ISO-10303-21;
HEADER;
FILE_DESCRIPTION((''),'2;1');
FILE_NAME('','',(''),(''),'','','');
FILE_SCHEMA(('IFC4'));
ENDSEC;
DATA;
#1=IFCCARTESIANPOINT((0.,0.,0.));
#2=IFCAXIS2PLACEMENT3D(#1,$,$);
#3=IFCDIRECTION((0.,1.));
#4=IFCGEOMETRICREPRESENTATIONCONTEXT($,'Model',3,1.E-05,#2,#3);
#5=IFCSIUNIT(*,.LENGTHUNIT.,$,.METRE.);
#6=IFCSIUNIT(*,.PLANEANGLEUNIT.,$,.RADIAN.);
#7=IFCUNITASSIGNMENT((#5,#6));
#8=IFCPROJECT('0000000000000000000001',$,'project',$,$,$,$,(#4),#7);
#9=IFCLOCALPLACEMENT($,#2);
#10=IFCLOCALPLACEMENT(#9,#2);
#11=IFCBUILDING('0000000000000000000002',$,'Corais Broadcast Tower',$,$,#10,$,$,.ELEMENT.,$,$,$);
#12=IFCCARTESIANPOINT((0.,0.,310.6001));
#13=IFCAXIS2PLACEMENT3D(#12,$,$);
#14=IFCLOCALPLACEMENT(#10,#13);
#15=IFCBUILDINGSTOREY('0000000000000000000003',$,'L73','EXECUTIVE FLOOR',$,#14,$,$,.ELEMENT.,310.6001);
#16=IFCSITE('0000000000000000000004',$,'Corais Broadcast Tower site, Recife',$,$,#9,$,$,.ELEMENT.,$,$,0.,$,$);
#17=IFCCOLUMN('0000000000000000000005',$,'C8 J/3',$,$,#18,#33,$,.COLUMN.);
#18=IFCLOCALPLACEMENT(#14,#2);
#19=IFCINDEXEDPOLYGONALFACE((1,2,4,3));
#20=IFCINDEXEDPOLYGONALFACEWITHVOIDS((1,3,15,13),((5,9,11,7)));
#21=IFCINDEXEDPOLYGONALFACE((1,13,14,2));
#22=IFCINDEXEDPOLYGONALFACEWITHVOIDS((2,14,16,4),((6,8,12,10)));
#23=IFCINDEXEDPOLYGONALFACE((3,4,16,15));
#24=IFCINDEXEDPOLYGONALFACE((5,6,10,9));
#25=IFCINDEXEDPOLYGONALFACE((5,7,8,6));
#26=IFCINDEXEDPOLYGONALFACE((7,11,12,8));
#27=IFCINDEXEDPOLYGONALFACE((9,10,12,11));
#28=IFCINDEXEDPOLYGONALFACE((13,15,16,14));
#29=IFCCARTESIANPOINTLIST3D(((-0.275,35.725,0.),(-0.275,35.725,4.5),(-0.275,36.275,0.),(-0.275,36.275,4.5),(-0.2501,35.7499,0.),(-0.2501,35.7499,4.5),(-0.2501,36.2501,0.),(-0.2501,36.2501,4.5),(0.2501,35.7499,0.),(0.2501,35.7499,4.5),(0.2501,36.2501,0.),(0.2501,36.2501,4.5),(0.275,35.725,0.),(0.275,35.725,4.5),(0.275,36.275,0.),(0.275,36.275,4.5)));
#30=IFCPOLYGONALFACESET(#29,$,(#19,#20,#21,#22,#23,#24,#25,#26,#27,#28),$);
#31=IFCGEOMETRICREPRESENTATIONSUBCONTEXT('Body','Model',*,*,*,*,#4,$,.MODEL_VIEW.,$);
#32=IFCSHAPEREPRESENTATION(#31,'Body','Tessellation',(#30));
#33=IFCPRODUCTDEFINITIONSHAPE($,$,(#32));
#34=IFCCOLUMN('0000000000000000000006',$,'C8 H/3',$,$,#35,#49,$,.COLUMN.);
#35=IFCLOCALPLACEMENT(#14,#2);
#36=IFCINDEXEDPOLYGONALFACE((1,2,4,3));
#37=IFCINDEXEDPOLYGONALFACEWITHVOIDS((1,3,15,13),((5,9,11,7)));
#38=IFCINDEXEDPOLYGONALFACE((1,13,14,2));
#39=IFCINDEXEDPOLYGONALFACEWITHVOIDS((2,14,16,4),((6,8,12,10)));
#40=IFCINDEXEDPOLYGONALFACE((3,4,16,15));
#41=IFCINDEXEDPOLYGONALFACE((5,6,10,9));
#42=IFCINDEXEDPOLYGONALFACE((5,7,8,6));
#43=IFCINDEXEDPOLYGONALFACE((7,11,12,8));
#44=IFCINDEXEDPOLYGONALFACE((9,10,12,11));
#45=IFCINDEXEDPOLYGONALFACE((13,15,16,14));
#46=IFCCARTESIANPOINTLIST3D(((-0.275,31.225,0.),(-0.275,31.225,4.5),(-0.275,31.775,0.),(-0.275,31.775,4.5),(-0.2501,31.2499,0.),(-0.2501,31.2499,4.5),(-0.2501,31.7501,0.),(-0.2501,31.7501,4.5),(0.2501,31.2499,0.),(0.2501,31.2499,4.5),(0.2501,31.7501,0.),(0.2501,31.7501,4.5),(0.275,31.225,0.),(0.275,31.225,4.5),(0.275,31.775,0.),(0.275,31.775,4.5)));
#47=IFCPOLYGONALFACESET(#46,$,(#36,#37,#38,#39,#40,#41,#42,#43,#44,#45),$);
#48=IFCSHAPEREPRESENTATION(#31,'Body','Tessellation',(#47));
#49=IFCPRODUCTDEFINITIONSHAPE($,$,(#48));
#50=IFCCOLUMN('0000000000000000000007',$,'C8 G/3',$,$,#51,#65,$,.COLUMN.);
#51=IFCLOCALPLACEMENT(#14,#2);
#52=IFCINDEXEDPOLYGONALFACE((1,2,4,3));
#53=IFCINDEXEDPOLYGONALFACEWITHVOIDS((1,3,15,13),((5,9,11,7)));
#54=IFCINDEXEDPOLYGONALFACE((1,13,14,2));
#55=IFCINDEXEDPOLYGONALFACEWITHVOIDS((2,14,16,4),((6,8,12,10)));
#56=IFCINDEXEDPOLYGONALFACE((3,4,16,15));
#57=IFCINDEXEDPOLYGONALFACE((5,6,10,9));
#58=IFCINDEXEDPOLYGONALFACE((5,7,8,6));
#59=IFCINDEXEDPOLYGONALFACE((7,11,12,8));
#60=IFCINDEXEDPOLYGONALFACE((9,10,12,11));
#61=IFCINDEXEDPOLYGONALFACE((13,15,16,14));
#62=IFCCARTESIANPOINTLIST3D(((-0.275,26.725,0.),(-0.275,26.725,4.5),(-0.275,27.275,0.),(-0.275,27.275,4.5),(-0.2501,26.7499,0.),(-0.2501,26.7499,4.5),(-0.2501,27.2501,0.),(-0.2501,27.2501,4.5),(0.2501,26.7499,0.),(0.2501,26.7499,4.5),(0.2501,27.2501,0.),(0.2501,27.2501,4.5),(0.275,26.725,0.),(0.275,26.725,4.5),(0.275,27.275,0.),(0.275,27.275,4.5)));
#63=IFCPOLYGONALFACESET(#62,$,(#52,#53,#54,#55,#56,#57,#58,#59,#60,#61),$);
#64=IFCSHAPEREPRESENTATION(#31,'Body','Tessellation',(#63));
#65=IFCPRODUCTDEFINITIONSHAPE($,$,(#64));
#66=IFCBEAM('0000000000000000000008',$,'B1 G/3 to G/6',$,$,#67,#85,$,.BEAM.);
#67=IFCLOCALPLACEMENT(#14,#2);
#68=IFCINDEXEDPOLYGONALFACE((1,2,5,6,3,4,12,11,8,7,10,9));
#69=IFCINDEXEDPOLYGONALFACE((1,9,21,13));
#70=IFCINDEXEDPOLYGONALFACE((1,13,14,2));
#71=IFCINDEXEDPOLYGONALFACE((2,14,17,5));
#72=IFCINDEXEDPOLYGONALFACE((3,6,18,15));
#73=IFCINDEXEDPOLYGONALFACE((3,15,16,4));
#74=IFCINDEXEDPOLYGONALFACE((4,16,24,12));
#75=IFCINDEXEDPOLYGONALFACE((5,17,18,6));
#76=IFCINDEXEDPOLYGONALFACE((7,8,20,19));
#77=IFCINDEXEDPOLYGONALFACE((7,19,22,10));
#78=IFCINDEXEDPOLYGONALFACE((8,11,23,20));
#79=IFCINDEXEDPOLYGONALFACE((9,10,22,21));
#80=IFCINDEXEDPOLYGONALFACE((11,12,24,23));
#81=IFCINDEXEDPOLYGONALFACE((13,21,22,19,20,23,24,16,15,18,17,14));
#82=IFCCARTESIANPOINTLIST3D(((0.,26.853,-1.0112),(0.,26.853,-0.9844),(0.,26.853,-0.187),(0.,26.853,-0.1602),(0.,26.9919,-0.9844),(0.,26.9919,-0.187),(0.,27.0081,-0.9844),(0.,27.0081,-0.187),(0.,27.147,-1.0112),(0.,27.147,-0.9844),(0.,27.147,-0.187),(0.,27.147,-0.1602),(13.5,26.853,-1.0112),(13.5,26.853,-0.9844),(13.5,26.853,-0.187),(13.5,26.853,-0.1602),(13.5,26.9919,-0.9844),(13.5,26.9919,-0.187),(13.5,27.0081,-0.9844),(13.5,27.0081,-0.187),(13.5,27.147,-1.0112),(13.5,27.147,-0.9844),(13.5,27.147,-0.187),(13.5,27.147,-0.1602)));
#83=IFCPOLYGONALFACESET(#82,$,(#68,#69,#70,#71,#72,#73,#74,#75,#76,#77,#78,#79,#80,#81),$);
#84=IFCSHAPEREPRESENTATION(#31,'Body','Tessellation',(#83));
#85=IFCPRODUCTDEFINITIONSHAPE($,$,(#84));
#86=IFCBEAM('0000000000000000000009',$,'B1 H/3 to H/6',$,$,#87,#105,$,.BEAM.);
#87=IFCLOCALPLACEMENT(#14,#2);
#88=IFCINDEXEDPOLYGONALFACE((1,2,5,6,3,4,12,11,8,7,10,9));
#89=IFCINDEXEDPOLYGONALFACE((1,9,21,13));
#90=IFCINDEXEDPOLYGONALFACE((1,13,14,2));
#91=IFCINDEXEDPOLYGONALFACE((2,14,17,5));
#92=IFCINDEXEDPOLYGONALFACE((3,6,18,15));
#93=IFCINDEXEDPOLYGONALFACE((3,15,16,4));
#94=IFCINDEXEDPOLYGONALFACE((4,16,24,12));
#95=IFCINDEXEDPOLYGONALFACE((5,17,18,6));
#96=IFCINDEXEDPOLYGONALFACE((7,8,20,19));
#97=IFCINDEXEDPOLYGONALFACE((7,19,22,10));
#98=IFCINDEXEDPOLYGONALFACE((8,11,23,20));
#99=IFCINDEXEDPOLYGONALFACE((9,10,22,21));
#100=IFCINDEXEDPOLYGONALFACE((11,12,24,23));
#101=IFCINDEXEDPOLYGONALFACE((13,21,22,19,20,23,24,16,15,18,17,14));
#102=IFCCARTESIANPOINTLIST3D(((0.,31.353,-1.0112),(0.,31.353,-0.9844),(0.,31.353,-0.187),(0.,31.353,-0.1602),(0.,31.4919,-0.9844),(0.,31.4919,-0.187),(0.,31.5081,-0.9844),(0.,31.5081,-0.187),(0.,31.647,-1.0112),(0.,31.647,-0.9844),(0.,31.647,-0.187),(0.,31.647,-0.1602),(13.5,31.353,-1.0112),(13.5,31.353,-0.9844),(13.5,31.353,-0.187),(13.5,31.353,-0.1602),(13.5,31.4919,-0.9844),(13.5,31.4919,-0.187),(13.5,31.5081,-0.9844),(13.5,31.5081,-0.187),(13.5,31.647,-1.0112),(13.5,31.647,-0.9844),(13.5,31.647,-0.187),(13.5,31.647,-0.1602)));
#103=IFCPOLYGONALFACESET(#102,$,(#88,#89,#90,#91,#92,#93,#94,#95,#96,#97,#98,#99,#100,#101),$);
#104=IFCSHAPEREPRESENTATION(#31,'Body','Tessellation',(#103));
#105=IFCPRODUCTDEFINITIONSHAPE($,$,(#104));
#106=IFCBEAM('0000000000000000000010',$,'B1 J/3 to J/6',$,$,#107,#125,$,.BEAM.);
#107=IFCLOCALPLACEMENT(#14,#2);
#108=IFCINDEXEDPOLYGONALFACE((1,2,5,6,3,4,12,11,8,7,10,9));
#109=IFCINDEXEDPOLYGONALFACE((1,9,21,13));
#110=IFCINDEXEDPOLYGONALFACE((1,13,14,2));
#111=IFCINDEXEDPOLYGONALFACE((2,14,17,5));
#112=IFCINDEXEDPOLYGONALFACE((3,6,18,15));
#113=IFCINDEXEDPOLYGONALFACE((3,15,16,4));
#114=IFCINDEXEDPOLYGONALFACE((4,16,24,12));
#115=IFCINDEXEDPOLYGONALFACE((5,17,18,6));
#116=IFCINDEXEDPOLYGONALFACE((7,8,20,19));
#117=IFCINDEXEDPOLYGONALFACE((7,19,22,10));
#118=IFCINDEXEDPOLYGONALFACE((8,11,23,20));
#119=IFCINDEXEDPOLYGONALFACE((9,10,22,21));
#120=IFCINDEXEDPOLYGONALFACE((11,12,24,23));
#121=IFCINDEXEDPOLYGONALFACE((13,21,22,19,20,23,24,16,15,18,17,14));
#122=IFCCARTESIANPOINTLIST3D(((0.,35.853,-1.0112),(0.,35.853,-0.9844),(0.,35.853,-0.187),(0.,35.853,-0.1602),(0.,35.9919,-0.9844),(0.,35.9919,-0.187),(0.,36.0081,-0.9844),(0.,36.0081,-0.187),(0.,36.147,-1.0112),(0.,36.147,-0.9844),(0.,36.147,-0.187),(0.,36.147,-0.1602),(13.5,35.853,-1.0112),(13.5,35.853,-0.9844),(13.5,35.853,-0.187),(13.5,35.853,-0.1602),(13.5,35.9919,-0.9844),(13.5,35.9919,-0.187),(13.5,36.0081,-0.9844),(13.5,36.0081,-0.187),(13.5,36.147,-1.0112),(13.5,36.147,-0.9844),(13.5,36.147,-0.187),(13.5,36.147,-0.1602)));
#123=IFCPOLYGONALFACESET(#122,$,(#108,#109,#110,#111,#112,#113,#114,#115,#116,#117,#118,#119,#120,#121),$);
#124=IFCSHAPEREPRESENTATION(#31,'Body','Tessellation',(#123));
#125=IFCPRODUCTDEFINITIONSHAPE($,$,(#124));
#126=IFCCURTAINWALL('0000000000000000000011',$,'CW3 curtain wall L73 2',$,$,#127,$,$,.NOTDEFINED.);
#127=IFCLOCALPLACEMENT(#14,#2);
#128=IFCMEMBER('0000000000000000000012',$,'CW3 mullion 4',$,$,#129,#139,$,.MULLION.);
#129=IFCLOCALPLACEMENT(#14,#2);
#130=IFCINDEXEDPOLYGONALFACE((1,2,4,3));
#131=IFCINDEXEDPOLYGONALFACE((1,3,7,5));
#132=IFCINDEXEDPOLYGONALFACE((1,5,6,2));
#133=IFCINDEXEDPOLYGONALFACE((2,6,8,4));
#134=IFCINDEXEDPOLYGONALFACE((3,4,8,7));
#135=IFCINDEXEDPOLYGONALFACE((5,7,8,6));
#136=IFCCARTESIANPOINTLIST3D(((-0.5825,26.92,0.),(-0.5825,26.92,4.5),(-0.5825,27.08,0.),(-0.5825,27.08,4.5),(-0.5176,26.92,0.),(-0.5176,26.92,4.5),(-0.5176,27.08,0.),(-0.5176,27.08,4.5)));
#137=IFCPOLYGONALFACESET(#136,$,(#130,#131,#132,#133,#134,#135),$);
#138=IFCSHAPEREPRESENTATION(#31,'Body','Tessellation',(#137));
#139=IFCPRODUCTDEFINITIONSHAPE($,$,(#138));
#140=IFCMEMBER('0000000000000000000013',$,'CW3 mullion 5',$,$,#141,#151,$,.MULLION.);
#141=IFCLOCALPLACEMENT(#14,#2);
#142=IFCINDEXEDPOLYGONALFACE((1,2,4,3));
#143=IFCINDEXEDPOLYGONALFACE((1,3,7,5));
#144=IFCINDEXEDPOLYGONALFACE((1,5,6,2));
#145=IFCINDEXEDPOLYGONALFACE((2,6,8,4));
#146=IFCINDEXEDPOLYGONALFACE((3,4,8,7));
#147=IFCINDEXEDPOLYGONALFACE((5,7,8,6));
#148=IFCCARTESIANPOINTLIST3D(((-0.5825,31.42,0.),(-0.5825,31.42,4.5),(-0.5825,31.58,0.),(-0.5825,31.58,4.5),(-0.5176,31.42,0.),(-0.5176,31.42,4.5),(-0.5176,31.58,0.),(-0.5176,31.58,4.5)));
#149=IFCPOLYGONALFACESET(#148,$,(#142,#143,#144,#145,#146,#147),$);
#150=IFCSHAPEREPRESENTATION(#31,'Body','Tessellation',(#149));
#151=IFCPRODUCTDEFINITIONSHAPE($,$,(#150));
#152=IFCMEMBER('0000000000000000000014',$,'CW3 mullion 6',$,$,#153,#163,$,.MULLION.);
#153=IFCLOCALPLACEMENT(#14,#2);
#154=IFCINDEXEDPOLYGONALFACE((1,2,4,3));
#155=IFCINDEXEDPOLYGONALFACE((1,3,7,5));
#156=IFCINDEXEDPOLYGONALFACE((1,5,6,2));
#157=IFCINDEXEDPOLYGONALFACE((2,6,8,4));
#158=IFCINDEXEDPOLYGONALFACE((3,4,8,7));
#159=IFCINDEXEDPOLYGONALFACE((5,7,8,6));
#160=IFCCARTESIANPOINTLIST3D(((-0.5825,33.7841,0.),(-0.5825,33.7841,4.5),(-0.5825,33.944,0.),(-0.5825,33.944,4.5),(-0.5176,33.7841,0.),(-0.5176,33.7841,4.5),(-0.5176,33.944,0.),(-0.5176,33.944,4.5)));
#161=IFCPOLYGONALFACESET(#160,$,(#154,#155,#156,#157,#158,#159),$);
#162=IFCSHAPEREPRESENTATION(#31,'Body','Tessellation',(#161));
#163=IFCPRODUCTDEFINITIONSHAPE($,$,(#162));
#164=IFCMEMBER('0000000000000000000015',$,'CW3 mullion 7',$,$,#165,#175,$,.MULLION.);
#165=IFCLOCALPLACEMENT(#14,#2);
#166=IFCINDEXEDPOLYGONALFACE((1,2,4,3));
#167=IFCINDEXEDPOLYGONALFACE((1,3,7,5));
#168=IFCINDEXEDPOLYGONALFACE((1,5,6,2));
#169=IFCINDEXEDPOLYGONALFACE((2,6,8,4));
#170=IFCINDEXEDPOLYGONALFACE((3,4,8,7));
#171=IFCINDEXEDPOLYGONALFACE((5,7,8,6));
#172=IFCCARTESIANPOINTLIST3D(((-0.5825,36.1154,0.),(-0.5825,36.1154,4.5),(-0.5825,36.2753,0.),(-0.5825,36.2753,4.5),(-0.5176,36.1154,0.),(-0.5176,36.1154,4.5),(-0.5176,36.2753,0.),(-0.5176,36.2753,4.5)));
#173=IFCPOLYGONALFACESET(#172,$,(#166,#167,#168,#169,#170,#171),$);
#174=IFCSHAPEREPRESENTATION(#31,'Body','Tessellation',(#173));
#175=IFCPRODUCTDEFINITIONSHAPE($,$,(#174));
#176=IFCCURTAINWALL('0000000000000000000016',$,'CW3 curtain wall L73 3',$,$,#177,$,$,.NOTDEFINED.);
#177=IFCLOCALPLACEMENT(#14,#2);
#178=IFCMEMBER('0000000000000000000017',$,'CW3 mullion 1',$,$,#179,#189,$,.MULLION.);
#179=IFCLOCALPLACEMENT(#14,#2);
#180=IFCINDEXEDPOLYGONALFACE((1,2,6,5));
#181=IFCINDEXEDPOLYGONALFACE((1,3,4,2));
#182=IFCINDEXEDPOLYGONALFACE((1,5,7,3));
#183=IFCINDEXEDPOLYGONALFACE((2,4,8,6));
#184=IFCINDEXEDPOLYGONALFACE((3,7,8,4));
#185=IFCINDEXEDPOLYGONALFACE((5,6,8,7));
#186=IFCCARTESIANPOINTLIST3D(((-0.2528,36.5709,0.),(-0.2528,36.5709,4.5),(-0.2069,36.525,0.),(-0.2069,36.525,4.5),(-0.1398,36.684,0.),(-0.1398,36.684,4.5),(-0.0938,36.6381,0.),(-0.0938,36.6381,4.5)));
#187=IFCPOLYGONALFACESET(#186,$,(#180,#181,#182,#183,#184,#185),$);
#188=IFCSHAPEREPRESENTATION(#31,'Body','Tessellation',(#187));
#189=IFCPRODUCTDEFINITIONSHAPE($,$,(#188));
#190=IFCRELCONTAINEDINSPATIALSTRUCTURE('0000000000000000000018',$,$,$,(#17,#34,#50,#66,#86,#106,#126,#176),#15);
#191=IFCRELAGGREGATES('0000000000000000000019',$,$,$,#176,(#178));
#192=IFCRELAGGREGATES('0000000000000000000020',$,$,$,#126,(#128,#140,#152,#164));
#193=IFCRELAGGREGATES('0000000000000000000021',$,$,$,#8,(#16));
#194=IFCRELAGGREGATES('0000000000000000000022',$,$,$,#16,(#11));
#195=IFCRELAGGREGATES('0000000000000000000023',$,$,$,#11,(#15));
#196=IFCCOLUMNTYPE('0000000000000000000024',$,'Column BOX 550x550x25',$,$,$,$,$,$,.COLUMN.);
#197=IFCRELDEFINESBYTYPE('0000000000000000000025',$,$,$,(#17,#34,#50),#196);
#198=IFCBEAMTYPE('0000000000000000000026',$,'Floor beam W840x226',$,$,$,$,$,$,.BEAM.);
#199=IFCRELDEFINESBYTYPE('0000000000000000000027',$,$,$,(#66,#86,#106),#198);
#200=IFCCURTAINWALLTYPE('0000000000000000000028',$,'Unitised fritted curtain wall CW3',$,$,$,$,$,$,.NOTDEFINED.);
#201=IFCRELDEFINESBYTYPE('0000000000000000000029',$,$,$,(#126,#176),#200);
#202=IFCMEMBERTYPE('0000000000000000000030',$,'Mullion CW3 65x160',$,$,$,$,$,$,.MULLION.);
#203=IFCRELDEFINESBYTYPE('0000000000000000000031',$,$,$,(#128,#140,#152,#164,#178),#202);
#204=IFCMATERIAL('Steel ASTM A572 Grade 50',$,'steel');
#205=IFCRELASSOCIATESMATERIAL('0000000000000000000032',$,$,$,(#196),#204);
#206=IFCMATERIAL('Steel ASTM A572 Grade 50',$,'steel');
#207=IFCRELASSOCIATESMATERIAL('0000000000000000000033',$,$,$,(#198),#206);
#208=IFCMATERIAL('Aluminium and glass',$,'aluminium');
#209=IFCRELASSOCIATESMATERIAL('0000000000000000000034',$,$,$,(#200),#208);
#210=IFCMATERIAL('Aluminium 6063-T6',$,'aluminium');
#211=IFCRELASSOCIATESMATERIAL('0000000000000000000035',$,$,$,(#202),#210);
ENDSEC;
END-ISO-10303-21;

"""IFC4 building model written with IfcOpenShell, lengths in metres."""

from ifc_helpers import new_model, si_unit, direction, frame, origin, origin_2d, place, context, subcontext, project, spatial, rectangle, hollow_rectangle, i_section, extrude, material, material_profile, profile_set, type_object, element, aggregate, save


model = new_model("IFC4")

# Units and contexts
model_context = context("Model", 3, precision=1e-05, world=origin(), true_north=direction((0.0, 1.0)))
body_context = subcontext(model_context, "Body", "Model", "MODEL_VIEW")
ifc_project = project(units=[si_unit("LENGTHUNIT", "METRE"), si_unit("PLANEANGLEUNIT", "RADIAN")], contexts=[model_context])

# Site, building, storey
site_placement = place(None, origin())
site = spatial("IfcSite", under=ifc_project, at=site_placement, Name="Corais Broadcast Tower site, Recife", CompositionType="ELEMENT", RefElevation=0.0)
building_placement = place(site_placement, origin())
building = spatial("IfcBuilding", under=site, at=building_placement, Name="Corais Broadcast Tower", CompositionType="ELEMENT")
storey_placement = place(building_placement, frame((0.0, 0.0, 310.6001)))
storey = spatial("IfcBuildingStorey", under=building, at=storey_placement, Name="L73", Description="EXECUTIVE FLOOR", CompositionType="ELEMENT", Elevation=310.6001)

# Columns
ifc_material_1 = material(Name="Steel ASTM A572 Grade 50", Category="steel")
ifc_material_profile_1 = material_profile(ifc_material_1, hollow_rectangle(XDim=0.55, YDim=0.55, WallThickness=0.0249, at=origin_2d()), Name="BOX 550x550x25")
ifc_profile_set_1 = profile_set([ifc_material_profile_1], Name="Steel ASTM A572 Grade 50")
column_type = type_object("IfcColumnType", Name="Column BOX 550x550x25", PredefinedType="COLUMN", material=ifc_profile_set_1)
for number, where, z_axis, x_axis, name in (
    (1, (0.0, 36.0, 0.0), (0.0, 0.0, 1.0), (1.0, 0.0, 0.0), "C8 J/3"),
    (2, (0.0, 31.5, 0.0), (0.0, 0.0, 1.0), (1.0, 0.0, 0.0), "C8 H/3"),
    (3, (0.0, 27.0, 0.0), (0.0, 0.0, 1.0), (1.0, 0.0, 0.0), "C8 G/3"),
):
    element("IfcColumn", number, at=place(storey_placement, frame(where, z_axis=z_axis, x_axis=x_axis)), inside=storey, type_object=column_type, Name=name, PredefinedType="COLUMN", context=body_context, shape_type="SweptSolid", body=[
        extrude(hollow_rectangle(XDim=0.55, YDim=0.55, WallThickness=0.0249, at=origin_2d()), origin(), (0.0, 0.0, 1.0), 4.5),
    ])

# Beams
ifc_material_2 = material(Name="Steel ASTM A572 Grade 50", Category="steel")
ifc_material_profile_2 = material_profile(ifc_material_2, i_section(OverallWidth=0.2939, OverallDepth=0.8511, WebThickness=0.0161, FlangeThickness=0.0269, at=origin_2d()), Name="W840x226")
ifc_profile_set_2 = profile_set([ifc_material_profile_2], Name="Steel ASTM A572 Grade 50")
beam_type_1 = type_object("IfcBeamType", Name="Floor beam W840x226", PredefinedType="BEAM", material=ifc_profile_set_2)
for number, where, z_axis, x_axis, name in (
    (4, (0.0, 27.0, -0.5857), (1.0, 0.0, 0.0), (0.0, 1.0, 0.0), "B1 G/3 to G/6"),
    (5, (0.0, 31.5, -0.5857), (1.0, 0.0, 0.0), (0.0, 1.0, 0.0), "B1 H/3 to H/6"),
    (6, (0.0, 36.0, -0.5857), (1.0, 0.0, 0.0), (0.0, 1.0, 0.0), "B1 J/3 to J/6"),
):
    element("IfcBeam", number, at=place(storey_placement, frame(where, z_axis=z_axis, x_axis=x_axis)), inside=storey, type_object=beam_type_1, Name=name, PredefinedType="BEAM", context=body_context, shape_type="SweptSolid", body=[
        extrude(i_section(OverallWidth=0.2939, OverallDepth=0.8511, WebThickness=0.0161, FlangeThickness=0.0269, at=origin_2d()), origin(), (0.0, 0.0, 1.0), 13.5),
    ])

# Curtain wall, members
ifc_material_3 = material(Name="Aluminium and glass", Category="aluminium")
curtain_wall_type = type_object("IfcCurtainWallType", Name="Unitised fritted curtain wall CW3", PredefinedType="NOTDEFINED", material=ifc_material_3)
curtain_wall_1_placement = place(storey_placement, origin())
curtain_wall_1 = element("IfcCurtainWall", 7, at=curtain_wall_1_placement, inside=storey, type_object=curtain_wall_type, Name="CW3 curtain wall L73 2", PredefinedType="NOTDEFINED")
ifc_material_4 = material(Name="Aluminium 6063-T6", Category="aluminium")
ifc_material_profile_3 = material_profile(ifc_material_4, rectangle(XDim=0.0649, YDim=0.1599, at=origin_2d()), Name="Mullion CW3 65x160")
ifc_profile_set_3 = profile_set([ifc_material_profile_3], Name="Aluminium 6063-T6")
member_type_1 = type_object("IfcMemberType", Name="Mullion CW3 65x160", PredefinedType="MULLION", material=ifc_profile_set_3)
member_1_placement = place(storey_placement, frame((-0.55, 27.0, 0.0), z_axis=(0.0, 0.0, 1.0), x_axis=(-1.0, 0.0, 0.0)))
member_1 = element("IfcMember", 8, at=member_1_placement, type_object=member_type_1, Name="CW3 mullion 4", PredefinedType="MULLION", context=body_context, shape_type="SweptSolid", body=[
    extrude(rectangle(XDim=0.0649, YDim=0.1599, at=origin_2d()), origin(), (0.0, 0.0, 1.0), 4.5),
])
member_2_placement = place(storey_placement, frame((-0.55, 31.5, 0.0), z_axis=(0.0, 0.0, 1.0), x_axis=(-1.0, 0.0, 0.0)))
member_2 = element("IfcMember", 9, at=member_2_placement, type_object=member_type_1, Name="CW3 mullion 5", PredefinedType="MULLION", context=body_context, shape_type="SweptSolid", body=[
    extrude(rectangle(XDim=0.0649, YDim=0.1599, at=origin_2d()), origin(), (0.0, 0.0, 1.0), 4.5),
])
member_3_placement = place(storey_placement, frame((-0.55, 33.864, 0.0), z_axis=(0.0, 0.0, 1.0), x_axis=(-1.0, 0.0, 0.0)))
member_3 = element("IfcMember", 10, at=member_3_placement, type_object=member_type_1, Name="CW3 mullion 6", PredefinedType="MULLION", context=body_context, shape_type="SweptSolid", body=[
    extrude(rectangle(XDim=0.0649, YDim=0.1599, at=origin_2d()), origin(), (0.0, 0.0, 1.0), 4.5),
])
member_4_placement = place(storey_placement, frame((-0.55, 36.1953, 0.0), z_axis=(0.0, 0.0, 1.0), x_axis=(-1.0, 0.0, 0.0)))
member_4 = element("IfcMember", 11, at=member_4_placement, type_object=member_type_1, Name="CW3 mullion 7", PredefinedType="MULLION", context=body_context, shape_type="SweptSolid", body=[
    extrude(rectangle(XDim=0.0649, YDim=0.1599, at=origin_2d()), origin(), (0.0, 0.0, 1.0), 4.5),
])

# Curtain wall, member
curtain_wall_2_placement = place(storey_placement, origin())
curtain_wall_2 = element("IfcCurtainWall", 12, at=curtain_wall_2_placement, inside=storey, type_object=curtain_wall_type, Name="CW3 curtain wall L73 3", PredefinedType="NOTDEFINED")
member_5_placement = place(storey_placement, frame((-0.1733, 36.6045, 0.0), z_axis=(0.0, 0.0, 1.0), x_axis=(-0.707107, 0.707107, 0.0)))
member_5 = element("IfcMember", 13, at=member_5_placement, type_object=member_type_1, Name="CW3 mullion 1", PredefinedType="MULLION", context=body_context, shape_type="SweptSolid", body=[
    extrude(rectangle(XDim=0.0649, YDim=0.1599, at=origin_2d()), origin(), (0.0, 0.0, 1.0), 4.5),
])

aggregate(curtain_wall_2, [member_5])
aggregate(curtain_wall_1, [member_1, member_2, member_3, member_4])

save(model, "model.ifc")
